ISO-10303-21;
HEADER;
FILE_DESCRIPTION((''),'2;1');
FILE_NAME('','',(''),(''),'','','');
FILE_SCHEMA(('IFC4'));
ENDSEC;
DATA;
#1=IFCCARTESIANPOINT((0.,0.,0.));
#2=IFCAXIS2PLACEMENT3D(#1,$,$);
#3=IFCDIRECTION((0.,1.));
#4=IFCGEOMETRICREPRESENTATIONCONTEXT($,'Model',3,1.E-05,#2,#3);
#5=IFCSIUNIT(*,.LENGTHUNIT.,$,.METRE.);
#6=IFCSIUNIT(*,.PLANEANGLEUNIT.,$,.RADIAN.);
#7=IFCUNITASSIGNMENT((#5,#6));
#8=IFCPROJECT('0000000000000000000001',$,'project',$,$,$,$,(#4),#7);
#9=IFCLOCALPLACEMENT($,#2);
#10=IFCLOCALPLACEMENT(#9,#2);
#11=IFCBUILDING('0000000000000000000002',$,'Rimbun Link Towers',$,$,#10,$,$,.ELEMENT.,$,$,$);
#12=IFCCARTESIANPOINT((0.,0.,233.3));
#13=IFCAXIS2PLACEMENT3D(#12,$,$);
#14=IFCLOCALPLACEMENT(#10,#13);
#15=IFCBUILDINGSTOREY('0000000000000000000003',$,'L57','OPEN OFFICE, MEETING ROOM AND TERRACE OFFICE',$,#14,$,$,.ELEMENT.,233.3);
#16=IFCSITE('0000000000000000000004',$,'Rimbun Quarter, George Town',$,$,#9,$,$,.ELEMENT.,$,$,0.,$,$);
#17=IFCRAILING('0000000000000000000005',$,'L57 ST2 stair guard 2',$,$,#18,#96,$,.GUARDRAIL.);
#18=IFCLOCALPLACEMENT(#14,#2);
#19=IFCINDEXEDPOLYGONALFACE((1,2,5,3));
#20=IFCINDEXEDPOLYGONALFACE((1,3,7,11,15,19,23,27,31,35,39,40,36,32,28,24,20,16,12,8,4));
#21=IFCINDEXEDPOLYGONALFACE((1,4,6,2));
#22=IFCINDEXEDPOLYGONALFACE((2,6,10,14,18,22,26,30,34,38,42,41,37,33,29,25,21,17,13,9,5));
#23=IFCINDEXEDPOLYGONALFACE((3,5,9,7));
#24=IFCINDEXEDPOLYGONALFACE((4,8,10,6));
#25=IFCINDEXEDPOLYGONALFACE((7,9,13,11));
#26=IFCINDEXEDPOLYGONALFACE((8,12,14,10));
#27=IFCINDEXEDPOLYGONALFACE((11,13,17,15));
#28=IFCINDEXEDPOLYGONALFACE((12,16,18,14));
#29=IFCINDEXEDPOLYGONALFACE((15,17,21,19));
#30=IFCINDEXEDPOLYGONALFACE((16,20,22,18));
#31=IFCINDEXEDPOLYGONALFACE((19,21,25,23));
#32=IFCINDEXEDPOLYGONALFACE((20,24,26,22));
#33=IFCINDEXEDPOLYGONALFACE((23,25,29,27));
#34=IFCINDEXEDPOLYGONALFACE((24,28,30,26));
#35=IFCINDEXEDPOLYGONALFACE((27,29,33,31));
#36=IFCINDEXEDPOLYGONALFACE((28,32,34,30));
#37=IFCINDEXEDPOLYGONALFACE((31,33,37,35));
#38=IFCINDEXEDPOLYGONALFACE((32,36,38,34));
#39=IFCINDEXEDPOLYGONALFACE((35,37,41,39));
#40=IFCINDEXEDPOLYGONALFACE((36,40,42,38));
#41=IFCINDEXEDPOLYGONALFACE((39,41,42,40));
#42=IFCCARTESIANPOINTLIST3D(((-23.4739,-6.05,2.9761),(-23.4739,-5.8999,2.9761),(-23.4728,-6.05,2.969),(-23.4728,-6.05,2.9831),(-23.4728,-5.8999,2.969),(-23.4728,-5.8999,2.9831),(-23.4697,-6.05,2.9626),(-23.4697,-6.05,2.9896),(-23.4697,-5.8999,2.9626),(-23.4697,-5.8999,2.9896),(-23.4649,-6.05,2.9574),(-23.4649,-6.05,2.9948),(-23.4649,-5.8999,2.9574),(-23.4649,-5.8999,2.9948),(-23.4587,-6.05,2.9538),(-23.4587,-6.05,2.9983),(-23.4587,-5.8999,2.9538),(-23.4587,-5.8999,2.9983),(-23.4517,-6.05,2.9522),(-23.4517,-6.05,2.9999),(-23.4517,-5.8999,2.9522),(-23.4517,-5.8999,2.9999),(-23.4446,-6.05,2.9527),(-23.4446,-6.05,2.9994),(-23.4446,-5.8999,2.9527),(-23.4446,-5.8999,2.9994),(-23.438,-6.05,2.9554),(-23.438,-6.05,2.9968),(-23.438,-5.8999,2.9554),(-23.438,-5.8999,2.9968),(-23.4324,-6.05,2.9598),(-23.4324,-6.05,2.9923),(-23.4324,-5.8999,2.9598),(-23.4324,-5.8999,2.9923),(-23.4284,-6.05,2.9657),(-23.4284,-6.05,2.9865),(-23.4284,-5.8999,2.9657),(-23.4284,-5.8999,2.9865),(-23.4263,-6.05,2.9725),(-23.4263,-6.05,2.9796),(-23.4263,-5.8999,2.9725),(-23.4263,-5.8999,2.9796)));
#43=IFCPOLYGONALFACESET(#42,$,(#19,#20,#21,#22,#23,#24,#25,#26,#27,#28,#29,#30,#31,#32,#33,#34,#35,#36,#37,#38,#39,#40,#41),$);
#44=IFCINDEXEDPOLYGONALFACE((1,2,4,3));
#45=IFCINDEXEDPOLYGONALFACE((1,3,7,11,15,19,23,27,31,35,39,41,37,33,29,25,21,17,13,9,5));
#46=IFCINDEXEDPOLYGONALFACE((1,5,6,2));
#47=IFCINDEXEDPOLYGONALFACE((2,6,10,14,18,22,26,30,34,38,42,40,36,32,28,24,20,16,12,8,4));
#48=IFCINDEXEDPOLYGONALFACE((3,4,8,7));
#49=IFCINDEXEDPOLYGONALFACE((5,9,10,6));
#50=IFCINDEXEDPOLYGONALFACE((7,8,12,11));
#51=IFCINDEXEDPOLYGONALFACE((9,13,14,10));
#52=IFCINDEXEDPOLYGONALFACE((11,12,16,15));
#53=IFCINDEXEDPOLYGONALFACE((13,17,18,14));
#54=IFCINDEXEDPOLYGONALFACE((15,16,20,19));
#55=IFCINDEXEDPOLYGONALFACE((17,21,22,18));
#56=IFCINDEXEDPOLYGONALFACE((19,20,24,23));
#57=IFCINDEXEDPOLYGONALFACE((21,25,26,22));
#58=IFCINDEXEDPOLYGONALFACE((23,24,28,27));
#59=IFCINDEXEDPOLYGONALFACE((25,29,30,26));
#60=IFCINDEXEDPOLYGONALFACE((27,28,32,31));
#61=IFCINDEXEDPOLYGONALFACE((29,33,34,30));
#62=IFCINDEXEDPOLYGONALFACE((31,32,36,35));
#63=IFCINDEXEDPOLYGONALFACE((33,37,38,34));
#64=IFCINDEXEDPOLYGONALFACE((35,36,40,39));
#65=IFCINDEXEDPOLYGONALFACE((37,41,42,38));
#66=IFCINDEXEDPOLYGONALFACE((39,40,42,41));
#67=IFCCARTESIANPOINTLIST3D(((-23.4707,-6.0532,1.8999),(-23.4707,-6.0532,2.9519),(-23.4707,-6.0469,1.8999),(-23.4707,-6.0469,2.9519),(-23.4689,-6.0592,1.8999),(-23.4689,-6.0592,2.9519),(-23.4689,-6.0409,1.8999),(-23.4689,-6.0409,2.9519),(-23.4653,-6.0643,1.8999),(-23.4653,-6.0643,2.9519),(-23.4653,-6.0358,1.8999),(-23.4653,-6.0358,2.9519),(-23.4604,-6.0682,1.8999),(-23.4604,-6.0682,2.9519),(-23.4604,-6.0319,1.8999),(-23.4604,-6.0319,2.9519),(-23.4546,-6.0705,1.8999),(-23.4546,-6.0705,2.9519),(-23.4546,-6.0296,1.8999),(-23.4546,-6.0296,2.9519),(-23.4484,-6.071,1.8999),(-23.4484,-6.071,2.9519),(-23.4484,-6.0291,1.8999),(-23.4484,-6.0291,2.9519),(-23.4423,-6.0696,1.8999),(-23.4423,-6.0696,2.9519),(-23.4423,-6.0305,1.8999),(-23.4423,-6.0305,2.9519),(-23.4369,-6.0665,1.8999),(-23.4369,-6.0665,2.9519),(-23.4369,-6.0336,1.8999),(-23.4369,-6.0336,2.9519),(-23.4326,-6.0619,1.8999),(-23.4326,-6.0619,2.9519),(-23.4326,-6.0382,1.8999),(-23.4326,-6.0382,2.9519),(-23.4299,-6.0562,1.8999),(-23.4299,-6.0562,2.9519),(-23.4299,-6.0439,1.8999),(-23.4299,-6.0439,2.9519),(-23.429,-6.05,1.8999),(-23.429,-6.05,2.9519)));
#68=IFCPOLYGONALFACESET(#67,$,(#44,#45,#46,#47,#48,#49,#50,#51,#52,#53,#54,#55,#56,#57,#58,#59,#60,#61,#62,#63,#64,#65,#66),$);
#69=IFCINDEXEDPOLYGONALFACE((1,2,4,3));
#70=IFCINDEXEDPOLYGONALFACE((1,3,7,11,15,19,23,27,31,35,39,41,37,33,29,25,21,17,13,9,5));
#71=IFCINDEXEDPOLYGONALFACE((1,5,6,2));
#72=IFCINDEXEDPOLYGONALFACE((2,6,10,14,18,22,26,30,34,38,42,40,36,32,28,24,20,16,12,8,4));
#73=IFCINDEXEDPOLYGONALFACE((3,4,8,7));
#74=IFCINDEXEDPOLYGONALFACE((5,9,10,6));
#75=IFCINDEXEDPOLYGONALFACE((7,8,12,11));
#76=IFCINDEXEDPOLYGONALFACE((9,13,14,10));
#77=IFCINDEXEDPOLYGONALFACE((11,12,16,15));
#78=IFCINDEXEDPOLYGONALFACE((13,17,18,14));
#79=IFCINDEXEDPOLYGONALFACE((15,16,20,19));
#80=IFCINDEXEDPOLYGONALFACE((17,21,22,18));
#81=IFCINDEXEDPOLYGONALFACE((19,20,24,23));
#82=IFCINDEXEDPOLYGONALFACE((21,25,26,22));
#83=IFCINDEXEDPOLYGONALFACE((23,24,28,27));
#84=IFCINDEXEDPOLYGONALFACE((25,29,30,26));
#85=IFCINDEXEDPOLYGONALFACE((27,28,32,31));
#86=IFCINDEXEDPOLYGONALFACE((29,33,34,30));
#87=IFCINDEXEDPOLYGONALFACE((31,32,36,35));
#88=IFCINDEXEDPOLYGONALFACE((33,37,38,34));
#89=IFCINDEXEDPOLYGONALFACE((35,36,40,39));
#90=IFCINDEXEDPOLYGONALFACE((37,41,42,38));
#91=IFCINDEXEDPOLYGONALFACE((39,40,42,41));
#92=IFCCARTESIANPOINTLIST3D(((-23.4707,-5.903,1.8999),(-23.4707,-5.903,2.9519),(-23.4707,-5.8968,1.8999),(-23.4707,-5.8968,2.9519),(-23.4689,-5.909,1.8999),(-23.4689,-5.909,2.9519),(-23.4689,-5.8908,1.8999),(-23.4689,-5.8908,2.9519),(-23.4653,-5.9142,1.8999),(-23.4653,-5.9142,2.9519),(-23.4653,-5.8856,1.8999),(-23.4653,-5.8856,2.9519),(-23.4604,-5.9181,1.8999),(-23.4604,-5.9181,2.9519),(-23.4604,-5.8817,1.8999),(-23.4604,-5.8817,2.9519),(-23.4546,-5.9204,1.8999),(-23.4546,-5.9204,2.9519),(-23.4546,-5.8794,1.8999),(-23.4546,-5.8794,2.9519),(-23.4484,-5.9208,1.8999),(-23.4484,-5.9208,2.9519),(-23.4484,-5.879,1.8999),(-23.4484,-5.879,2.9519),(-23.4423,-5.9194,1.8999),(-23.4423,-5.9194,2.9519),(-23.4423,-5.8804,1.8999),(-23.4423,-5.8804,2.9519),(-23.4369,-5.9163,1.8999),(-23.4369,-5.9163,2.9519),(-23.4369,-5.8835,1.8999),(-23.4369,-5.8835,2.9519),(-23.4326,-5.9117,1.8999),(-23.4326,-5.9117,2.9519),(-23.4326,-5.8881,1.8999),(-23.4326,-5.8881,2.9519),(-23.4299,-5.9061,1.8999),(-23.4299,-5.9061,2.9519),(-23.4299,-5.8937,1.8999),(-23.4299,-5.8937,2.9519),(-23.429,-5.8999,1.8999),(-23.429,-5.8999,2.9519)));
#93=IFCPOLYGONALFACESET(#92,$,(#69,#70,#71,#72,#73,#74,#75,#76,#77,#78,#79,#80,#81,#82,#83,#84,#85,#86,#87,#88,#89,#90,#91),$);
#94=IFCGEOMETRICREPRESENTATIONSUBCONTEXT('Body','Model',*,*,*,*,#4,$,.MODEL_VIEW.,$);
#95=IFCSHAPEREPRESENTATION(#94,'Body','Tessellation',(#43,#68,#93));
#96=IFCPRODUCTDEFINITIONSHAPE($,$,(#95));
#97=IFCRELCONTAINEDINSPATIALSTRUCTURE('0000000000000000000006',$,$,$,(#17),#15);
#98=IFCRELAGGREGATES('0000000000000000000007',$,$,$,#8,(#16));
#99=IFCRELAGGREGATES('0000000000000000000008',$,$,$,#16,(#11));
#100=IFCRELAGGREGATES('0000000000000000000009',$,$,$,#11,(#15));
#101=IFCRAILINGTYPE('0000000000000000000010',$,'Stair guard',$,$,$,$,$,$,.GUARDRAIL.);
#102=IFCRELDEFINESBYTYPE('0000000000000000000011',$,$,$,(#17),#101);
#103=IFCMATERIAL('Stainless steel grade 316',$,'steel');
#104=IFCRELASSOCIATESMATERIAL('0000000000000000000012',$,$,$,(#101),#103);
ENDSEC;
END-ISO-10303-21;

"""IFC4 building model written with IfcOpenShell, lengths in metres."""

from ifc_helpers import new_model, si_unit, direction, frame, origin, origin_2d, place, context, subcontext, project, spatial, circle, extrude, material, type_object, element, save


model = new_model("IFC4")

# Units and contexts
model_context = context("Model", 3, precision=1e-05, world=origin(), true_north=direction((0.0, 1.0)))
body_context = subcontext(model_context, "Body", "Model", "MODEL_VIEW")
ifc_project = project(units=[si_unit("LENGTHUNIT", "METRE"), si_unit("PLANEANGLEUNIT", "RADIAN")], contexts=[model_context])

# Site, building, storey
site_placement = place(None, origin())
site = spatial("IfcSite", under=ifc_project, at=site_placement, Name="Rimbun Quarter, George Town", CompositionType="ELEMENT", RefElevation=0.0)
building_placement = place(site_placement, origin())
building = spatial("IfcBuilding", under=site, at=building_placement, Name="Rimbun Link Towers", CompositionType="ELEMENT")
storey_placement = place(building_placement, frame((0.0, 0.0, 233.3)))
storey = spatial("IfcBuildingStorey", under=building, at=storey_placement, Name="L57", Description="OPEN OFFICE, MEETING ROOM AND TERRACE OFFICE", CompositionType="ELEMENT", Elevation=233.3)

# Railing
ifc_material_1 = material(Name="Stainless steel grade 316", Category="steel")
railing_type_1 = type_object("IfcRailingType", Name="Stair guard", PredefinedType="GUARDRAIL", material=ifc_material_1)
railing_1_placement = place(storey_placement, frame((-23.45, -6.05, 1.8999)))
element("IfcRailing", 1, at=railing_1_placement, inside=storey, type_object=railing_type_1, Name="L57 ST2 stair guard 2", PredefinedType="GUARDRAIL", context=body_context, shape_type="SweptSolid", body=[
    extrude(circle(Radius=0.0239, at=origin_2d()), frame((0.0, 0.0, 1.0762), z_axis=(0.0, 1.0, 0.0), x_axis=(-1.0, 0.0, 0.0)), (0.0, 0.0, 1.0), 0.1501),
    extrude(circle(Radius=0.021, at=origin_2d()), origin(), (0.0, 0.0, 1.0), 1.052),
    extrude(circle(Radius=0.021, at=origin_2d()), frame((0.0, 0.1501, 0.0)), (0.0, 0.0, 1.0), 1.052),
])

save(model, "model.ifc")
